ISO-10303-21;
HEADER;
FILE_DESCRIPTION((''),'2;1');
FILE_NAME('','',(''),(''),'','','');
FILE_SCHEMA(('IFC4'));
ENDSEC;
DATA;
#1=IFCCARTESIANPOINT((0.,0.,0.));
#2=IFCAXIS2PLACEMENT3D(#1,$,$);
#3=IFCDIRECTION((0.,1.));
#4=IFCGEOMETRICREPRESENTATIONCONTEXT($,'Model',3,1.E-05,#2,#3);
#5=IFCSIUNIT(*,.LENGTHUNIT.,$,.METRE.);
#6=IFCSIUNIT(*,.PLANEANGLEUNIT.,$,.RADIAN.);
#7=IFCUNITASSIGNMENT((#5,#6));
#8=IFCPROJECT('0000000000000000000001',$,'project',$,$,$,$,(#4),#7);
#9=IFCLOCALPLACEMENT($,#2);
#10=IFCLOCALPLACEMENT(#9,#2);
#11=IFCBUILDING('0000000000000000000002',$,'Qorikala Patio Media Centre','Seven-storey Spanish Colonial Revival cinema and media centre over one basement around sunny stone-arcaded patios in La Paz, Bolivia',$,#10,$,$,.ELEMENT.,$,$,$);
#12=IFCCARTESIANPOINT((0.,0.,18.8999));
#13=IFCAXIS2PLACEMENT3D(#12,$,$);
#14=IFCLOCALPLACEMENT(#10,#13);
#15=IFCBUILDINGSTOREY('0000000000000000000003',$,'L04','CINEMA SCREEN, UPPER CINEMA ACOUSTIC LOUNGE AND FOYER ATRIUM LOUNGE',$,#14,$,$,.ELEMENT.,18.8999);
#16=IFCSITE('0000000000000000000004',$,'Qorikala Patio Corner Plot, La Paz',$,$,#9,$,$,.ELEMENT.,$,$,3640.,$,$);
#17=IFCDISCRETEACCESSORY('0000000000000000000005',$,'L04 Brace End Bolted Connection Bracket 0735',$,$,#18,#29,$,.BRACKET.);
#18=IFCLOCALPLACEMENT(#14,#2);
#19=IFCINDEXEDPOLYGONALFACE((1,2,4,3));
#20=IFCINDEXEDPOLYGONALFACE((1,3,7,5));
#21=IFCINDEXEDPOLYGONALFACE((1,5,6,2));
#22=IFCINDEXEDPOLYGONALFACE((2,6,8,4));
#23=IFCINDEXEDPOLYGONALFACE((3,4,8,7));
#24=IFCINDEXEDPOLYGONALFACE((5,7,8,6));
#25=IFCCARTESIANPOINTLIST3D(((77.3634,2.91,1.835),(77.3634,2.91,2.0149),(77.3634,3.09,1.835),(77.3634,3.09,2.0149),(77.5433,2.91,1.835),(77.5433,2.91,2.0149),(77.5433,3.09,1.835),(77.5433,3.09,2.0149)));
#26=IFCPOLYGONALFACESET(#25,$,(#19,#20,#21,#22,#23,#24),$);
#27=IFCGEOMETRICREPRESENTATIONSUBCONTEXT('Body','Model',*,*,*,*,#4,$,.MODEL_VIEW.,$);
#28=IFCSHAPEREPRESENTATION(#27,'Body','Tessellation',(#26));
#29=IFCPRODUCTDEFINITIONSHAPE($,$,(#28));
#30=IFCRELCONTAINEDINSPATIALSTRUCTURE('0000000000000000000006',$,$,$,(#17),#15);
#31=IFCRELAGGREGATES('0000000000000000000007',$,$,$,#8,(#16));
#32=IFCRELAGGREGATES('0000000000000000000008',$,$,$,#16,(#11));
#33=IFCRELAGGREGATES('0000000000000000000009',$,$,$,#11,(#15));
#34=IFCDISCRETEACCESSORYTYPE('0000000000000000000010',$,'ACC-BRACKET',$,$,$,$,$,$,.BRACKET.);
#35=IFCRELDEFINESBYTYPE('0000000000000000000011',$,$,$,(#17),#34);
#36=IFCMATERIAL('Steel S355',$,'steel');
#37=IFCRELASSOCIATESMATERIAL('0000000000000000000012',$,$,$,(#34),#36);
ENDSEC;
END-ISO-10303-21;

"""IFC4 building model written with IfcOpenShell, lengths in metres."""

from ifc_helpers import new_model, si_unit, direction, frame, origin, origin_2d, place, context, subcontext, project, spatial, rectangle, extrude, material, type_object, element, save


model = new_model("IFC4")

# Units and contexts
model_context = context("Model", 3, precision=1e-05, world=origin(), true_north=direction((0.0, 1.0)))
body_context = subcontext(model_context, "Body", "Model", "MODEL_VIEW")
ifc_project = project(units=[si_unit("LENGTHUNIT", "METRE"), si_unit("PLANEANGLEUNIT", "RADIAN")], contexts=[model_context])

# Site, building, storey
site_placement = place(None, origin())
site = spatial("IfcSite", under=ifc_project, at=site_placement, Name="Qorikala Patio Corner Plot, La Paz", CompositionType="ELEMENT", RefElevation=3640.0)
building_placement = place(site_placement, origin())
building = spatial("IfcBuilding", under=site, at=building_placement, Name="Qorikala Patio Media Centre", Description="Seven-storey Spanish Colonial Revival cinema and media centre over one basement around sunny stone-arcaded patios in La Paz, Bolivia", CompositionType="ELEMENT")
storey_placement = place(building_placement, frame((0.0, 0.0, 18.8999)))
storey = spatial("IfcBuildingStorey", under=building, at=storey_placement, Name="L04", Description="CINEMA SCREEN, UPPER CINEMA ACOUSTIC LOUNGE AND FOYER ATRIUM LOUNGE", CompositionType="ELEMENT", Elevation=18.8999)

# Discrete accessory
ifc_material_1 = material(Name="Steel S355", Category="steel")
discrete_accessory_type = type_object("IfcDiscreteAccessoryType", Name="ACC-BRACKET", PredefinedType="BRACKET", material=ifc_material_1)
for number, where, z_axis, x_axis, name in (
    (1, (77.4534, 3.0, 1.835), (0.0, 0.0, 1.0), (1.0, 0.0, 0.0), "L04 Brace End Bolted Connection Bracket 0735"),
):
    element("IfcDiscreteAccessory", number, at=place(storey_placement, frame(where, z_axis=z_axis, x_axis=x_axis)), inside=storey, type_object=discrete_accessory_type, Name=name, PredefinedType="BRACKET", context=body_context, shape_type="SweptSolid", body=[
        extrude(rectangle(XDim=0.1799, YDim=0.1799, at=origin_2d()), origin(), (0.0, 0.0, 1.0), 0.1799),
    ])

save(model, "model.ifc")
